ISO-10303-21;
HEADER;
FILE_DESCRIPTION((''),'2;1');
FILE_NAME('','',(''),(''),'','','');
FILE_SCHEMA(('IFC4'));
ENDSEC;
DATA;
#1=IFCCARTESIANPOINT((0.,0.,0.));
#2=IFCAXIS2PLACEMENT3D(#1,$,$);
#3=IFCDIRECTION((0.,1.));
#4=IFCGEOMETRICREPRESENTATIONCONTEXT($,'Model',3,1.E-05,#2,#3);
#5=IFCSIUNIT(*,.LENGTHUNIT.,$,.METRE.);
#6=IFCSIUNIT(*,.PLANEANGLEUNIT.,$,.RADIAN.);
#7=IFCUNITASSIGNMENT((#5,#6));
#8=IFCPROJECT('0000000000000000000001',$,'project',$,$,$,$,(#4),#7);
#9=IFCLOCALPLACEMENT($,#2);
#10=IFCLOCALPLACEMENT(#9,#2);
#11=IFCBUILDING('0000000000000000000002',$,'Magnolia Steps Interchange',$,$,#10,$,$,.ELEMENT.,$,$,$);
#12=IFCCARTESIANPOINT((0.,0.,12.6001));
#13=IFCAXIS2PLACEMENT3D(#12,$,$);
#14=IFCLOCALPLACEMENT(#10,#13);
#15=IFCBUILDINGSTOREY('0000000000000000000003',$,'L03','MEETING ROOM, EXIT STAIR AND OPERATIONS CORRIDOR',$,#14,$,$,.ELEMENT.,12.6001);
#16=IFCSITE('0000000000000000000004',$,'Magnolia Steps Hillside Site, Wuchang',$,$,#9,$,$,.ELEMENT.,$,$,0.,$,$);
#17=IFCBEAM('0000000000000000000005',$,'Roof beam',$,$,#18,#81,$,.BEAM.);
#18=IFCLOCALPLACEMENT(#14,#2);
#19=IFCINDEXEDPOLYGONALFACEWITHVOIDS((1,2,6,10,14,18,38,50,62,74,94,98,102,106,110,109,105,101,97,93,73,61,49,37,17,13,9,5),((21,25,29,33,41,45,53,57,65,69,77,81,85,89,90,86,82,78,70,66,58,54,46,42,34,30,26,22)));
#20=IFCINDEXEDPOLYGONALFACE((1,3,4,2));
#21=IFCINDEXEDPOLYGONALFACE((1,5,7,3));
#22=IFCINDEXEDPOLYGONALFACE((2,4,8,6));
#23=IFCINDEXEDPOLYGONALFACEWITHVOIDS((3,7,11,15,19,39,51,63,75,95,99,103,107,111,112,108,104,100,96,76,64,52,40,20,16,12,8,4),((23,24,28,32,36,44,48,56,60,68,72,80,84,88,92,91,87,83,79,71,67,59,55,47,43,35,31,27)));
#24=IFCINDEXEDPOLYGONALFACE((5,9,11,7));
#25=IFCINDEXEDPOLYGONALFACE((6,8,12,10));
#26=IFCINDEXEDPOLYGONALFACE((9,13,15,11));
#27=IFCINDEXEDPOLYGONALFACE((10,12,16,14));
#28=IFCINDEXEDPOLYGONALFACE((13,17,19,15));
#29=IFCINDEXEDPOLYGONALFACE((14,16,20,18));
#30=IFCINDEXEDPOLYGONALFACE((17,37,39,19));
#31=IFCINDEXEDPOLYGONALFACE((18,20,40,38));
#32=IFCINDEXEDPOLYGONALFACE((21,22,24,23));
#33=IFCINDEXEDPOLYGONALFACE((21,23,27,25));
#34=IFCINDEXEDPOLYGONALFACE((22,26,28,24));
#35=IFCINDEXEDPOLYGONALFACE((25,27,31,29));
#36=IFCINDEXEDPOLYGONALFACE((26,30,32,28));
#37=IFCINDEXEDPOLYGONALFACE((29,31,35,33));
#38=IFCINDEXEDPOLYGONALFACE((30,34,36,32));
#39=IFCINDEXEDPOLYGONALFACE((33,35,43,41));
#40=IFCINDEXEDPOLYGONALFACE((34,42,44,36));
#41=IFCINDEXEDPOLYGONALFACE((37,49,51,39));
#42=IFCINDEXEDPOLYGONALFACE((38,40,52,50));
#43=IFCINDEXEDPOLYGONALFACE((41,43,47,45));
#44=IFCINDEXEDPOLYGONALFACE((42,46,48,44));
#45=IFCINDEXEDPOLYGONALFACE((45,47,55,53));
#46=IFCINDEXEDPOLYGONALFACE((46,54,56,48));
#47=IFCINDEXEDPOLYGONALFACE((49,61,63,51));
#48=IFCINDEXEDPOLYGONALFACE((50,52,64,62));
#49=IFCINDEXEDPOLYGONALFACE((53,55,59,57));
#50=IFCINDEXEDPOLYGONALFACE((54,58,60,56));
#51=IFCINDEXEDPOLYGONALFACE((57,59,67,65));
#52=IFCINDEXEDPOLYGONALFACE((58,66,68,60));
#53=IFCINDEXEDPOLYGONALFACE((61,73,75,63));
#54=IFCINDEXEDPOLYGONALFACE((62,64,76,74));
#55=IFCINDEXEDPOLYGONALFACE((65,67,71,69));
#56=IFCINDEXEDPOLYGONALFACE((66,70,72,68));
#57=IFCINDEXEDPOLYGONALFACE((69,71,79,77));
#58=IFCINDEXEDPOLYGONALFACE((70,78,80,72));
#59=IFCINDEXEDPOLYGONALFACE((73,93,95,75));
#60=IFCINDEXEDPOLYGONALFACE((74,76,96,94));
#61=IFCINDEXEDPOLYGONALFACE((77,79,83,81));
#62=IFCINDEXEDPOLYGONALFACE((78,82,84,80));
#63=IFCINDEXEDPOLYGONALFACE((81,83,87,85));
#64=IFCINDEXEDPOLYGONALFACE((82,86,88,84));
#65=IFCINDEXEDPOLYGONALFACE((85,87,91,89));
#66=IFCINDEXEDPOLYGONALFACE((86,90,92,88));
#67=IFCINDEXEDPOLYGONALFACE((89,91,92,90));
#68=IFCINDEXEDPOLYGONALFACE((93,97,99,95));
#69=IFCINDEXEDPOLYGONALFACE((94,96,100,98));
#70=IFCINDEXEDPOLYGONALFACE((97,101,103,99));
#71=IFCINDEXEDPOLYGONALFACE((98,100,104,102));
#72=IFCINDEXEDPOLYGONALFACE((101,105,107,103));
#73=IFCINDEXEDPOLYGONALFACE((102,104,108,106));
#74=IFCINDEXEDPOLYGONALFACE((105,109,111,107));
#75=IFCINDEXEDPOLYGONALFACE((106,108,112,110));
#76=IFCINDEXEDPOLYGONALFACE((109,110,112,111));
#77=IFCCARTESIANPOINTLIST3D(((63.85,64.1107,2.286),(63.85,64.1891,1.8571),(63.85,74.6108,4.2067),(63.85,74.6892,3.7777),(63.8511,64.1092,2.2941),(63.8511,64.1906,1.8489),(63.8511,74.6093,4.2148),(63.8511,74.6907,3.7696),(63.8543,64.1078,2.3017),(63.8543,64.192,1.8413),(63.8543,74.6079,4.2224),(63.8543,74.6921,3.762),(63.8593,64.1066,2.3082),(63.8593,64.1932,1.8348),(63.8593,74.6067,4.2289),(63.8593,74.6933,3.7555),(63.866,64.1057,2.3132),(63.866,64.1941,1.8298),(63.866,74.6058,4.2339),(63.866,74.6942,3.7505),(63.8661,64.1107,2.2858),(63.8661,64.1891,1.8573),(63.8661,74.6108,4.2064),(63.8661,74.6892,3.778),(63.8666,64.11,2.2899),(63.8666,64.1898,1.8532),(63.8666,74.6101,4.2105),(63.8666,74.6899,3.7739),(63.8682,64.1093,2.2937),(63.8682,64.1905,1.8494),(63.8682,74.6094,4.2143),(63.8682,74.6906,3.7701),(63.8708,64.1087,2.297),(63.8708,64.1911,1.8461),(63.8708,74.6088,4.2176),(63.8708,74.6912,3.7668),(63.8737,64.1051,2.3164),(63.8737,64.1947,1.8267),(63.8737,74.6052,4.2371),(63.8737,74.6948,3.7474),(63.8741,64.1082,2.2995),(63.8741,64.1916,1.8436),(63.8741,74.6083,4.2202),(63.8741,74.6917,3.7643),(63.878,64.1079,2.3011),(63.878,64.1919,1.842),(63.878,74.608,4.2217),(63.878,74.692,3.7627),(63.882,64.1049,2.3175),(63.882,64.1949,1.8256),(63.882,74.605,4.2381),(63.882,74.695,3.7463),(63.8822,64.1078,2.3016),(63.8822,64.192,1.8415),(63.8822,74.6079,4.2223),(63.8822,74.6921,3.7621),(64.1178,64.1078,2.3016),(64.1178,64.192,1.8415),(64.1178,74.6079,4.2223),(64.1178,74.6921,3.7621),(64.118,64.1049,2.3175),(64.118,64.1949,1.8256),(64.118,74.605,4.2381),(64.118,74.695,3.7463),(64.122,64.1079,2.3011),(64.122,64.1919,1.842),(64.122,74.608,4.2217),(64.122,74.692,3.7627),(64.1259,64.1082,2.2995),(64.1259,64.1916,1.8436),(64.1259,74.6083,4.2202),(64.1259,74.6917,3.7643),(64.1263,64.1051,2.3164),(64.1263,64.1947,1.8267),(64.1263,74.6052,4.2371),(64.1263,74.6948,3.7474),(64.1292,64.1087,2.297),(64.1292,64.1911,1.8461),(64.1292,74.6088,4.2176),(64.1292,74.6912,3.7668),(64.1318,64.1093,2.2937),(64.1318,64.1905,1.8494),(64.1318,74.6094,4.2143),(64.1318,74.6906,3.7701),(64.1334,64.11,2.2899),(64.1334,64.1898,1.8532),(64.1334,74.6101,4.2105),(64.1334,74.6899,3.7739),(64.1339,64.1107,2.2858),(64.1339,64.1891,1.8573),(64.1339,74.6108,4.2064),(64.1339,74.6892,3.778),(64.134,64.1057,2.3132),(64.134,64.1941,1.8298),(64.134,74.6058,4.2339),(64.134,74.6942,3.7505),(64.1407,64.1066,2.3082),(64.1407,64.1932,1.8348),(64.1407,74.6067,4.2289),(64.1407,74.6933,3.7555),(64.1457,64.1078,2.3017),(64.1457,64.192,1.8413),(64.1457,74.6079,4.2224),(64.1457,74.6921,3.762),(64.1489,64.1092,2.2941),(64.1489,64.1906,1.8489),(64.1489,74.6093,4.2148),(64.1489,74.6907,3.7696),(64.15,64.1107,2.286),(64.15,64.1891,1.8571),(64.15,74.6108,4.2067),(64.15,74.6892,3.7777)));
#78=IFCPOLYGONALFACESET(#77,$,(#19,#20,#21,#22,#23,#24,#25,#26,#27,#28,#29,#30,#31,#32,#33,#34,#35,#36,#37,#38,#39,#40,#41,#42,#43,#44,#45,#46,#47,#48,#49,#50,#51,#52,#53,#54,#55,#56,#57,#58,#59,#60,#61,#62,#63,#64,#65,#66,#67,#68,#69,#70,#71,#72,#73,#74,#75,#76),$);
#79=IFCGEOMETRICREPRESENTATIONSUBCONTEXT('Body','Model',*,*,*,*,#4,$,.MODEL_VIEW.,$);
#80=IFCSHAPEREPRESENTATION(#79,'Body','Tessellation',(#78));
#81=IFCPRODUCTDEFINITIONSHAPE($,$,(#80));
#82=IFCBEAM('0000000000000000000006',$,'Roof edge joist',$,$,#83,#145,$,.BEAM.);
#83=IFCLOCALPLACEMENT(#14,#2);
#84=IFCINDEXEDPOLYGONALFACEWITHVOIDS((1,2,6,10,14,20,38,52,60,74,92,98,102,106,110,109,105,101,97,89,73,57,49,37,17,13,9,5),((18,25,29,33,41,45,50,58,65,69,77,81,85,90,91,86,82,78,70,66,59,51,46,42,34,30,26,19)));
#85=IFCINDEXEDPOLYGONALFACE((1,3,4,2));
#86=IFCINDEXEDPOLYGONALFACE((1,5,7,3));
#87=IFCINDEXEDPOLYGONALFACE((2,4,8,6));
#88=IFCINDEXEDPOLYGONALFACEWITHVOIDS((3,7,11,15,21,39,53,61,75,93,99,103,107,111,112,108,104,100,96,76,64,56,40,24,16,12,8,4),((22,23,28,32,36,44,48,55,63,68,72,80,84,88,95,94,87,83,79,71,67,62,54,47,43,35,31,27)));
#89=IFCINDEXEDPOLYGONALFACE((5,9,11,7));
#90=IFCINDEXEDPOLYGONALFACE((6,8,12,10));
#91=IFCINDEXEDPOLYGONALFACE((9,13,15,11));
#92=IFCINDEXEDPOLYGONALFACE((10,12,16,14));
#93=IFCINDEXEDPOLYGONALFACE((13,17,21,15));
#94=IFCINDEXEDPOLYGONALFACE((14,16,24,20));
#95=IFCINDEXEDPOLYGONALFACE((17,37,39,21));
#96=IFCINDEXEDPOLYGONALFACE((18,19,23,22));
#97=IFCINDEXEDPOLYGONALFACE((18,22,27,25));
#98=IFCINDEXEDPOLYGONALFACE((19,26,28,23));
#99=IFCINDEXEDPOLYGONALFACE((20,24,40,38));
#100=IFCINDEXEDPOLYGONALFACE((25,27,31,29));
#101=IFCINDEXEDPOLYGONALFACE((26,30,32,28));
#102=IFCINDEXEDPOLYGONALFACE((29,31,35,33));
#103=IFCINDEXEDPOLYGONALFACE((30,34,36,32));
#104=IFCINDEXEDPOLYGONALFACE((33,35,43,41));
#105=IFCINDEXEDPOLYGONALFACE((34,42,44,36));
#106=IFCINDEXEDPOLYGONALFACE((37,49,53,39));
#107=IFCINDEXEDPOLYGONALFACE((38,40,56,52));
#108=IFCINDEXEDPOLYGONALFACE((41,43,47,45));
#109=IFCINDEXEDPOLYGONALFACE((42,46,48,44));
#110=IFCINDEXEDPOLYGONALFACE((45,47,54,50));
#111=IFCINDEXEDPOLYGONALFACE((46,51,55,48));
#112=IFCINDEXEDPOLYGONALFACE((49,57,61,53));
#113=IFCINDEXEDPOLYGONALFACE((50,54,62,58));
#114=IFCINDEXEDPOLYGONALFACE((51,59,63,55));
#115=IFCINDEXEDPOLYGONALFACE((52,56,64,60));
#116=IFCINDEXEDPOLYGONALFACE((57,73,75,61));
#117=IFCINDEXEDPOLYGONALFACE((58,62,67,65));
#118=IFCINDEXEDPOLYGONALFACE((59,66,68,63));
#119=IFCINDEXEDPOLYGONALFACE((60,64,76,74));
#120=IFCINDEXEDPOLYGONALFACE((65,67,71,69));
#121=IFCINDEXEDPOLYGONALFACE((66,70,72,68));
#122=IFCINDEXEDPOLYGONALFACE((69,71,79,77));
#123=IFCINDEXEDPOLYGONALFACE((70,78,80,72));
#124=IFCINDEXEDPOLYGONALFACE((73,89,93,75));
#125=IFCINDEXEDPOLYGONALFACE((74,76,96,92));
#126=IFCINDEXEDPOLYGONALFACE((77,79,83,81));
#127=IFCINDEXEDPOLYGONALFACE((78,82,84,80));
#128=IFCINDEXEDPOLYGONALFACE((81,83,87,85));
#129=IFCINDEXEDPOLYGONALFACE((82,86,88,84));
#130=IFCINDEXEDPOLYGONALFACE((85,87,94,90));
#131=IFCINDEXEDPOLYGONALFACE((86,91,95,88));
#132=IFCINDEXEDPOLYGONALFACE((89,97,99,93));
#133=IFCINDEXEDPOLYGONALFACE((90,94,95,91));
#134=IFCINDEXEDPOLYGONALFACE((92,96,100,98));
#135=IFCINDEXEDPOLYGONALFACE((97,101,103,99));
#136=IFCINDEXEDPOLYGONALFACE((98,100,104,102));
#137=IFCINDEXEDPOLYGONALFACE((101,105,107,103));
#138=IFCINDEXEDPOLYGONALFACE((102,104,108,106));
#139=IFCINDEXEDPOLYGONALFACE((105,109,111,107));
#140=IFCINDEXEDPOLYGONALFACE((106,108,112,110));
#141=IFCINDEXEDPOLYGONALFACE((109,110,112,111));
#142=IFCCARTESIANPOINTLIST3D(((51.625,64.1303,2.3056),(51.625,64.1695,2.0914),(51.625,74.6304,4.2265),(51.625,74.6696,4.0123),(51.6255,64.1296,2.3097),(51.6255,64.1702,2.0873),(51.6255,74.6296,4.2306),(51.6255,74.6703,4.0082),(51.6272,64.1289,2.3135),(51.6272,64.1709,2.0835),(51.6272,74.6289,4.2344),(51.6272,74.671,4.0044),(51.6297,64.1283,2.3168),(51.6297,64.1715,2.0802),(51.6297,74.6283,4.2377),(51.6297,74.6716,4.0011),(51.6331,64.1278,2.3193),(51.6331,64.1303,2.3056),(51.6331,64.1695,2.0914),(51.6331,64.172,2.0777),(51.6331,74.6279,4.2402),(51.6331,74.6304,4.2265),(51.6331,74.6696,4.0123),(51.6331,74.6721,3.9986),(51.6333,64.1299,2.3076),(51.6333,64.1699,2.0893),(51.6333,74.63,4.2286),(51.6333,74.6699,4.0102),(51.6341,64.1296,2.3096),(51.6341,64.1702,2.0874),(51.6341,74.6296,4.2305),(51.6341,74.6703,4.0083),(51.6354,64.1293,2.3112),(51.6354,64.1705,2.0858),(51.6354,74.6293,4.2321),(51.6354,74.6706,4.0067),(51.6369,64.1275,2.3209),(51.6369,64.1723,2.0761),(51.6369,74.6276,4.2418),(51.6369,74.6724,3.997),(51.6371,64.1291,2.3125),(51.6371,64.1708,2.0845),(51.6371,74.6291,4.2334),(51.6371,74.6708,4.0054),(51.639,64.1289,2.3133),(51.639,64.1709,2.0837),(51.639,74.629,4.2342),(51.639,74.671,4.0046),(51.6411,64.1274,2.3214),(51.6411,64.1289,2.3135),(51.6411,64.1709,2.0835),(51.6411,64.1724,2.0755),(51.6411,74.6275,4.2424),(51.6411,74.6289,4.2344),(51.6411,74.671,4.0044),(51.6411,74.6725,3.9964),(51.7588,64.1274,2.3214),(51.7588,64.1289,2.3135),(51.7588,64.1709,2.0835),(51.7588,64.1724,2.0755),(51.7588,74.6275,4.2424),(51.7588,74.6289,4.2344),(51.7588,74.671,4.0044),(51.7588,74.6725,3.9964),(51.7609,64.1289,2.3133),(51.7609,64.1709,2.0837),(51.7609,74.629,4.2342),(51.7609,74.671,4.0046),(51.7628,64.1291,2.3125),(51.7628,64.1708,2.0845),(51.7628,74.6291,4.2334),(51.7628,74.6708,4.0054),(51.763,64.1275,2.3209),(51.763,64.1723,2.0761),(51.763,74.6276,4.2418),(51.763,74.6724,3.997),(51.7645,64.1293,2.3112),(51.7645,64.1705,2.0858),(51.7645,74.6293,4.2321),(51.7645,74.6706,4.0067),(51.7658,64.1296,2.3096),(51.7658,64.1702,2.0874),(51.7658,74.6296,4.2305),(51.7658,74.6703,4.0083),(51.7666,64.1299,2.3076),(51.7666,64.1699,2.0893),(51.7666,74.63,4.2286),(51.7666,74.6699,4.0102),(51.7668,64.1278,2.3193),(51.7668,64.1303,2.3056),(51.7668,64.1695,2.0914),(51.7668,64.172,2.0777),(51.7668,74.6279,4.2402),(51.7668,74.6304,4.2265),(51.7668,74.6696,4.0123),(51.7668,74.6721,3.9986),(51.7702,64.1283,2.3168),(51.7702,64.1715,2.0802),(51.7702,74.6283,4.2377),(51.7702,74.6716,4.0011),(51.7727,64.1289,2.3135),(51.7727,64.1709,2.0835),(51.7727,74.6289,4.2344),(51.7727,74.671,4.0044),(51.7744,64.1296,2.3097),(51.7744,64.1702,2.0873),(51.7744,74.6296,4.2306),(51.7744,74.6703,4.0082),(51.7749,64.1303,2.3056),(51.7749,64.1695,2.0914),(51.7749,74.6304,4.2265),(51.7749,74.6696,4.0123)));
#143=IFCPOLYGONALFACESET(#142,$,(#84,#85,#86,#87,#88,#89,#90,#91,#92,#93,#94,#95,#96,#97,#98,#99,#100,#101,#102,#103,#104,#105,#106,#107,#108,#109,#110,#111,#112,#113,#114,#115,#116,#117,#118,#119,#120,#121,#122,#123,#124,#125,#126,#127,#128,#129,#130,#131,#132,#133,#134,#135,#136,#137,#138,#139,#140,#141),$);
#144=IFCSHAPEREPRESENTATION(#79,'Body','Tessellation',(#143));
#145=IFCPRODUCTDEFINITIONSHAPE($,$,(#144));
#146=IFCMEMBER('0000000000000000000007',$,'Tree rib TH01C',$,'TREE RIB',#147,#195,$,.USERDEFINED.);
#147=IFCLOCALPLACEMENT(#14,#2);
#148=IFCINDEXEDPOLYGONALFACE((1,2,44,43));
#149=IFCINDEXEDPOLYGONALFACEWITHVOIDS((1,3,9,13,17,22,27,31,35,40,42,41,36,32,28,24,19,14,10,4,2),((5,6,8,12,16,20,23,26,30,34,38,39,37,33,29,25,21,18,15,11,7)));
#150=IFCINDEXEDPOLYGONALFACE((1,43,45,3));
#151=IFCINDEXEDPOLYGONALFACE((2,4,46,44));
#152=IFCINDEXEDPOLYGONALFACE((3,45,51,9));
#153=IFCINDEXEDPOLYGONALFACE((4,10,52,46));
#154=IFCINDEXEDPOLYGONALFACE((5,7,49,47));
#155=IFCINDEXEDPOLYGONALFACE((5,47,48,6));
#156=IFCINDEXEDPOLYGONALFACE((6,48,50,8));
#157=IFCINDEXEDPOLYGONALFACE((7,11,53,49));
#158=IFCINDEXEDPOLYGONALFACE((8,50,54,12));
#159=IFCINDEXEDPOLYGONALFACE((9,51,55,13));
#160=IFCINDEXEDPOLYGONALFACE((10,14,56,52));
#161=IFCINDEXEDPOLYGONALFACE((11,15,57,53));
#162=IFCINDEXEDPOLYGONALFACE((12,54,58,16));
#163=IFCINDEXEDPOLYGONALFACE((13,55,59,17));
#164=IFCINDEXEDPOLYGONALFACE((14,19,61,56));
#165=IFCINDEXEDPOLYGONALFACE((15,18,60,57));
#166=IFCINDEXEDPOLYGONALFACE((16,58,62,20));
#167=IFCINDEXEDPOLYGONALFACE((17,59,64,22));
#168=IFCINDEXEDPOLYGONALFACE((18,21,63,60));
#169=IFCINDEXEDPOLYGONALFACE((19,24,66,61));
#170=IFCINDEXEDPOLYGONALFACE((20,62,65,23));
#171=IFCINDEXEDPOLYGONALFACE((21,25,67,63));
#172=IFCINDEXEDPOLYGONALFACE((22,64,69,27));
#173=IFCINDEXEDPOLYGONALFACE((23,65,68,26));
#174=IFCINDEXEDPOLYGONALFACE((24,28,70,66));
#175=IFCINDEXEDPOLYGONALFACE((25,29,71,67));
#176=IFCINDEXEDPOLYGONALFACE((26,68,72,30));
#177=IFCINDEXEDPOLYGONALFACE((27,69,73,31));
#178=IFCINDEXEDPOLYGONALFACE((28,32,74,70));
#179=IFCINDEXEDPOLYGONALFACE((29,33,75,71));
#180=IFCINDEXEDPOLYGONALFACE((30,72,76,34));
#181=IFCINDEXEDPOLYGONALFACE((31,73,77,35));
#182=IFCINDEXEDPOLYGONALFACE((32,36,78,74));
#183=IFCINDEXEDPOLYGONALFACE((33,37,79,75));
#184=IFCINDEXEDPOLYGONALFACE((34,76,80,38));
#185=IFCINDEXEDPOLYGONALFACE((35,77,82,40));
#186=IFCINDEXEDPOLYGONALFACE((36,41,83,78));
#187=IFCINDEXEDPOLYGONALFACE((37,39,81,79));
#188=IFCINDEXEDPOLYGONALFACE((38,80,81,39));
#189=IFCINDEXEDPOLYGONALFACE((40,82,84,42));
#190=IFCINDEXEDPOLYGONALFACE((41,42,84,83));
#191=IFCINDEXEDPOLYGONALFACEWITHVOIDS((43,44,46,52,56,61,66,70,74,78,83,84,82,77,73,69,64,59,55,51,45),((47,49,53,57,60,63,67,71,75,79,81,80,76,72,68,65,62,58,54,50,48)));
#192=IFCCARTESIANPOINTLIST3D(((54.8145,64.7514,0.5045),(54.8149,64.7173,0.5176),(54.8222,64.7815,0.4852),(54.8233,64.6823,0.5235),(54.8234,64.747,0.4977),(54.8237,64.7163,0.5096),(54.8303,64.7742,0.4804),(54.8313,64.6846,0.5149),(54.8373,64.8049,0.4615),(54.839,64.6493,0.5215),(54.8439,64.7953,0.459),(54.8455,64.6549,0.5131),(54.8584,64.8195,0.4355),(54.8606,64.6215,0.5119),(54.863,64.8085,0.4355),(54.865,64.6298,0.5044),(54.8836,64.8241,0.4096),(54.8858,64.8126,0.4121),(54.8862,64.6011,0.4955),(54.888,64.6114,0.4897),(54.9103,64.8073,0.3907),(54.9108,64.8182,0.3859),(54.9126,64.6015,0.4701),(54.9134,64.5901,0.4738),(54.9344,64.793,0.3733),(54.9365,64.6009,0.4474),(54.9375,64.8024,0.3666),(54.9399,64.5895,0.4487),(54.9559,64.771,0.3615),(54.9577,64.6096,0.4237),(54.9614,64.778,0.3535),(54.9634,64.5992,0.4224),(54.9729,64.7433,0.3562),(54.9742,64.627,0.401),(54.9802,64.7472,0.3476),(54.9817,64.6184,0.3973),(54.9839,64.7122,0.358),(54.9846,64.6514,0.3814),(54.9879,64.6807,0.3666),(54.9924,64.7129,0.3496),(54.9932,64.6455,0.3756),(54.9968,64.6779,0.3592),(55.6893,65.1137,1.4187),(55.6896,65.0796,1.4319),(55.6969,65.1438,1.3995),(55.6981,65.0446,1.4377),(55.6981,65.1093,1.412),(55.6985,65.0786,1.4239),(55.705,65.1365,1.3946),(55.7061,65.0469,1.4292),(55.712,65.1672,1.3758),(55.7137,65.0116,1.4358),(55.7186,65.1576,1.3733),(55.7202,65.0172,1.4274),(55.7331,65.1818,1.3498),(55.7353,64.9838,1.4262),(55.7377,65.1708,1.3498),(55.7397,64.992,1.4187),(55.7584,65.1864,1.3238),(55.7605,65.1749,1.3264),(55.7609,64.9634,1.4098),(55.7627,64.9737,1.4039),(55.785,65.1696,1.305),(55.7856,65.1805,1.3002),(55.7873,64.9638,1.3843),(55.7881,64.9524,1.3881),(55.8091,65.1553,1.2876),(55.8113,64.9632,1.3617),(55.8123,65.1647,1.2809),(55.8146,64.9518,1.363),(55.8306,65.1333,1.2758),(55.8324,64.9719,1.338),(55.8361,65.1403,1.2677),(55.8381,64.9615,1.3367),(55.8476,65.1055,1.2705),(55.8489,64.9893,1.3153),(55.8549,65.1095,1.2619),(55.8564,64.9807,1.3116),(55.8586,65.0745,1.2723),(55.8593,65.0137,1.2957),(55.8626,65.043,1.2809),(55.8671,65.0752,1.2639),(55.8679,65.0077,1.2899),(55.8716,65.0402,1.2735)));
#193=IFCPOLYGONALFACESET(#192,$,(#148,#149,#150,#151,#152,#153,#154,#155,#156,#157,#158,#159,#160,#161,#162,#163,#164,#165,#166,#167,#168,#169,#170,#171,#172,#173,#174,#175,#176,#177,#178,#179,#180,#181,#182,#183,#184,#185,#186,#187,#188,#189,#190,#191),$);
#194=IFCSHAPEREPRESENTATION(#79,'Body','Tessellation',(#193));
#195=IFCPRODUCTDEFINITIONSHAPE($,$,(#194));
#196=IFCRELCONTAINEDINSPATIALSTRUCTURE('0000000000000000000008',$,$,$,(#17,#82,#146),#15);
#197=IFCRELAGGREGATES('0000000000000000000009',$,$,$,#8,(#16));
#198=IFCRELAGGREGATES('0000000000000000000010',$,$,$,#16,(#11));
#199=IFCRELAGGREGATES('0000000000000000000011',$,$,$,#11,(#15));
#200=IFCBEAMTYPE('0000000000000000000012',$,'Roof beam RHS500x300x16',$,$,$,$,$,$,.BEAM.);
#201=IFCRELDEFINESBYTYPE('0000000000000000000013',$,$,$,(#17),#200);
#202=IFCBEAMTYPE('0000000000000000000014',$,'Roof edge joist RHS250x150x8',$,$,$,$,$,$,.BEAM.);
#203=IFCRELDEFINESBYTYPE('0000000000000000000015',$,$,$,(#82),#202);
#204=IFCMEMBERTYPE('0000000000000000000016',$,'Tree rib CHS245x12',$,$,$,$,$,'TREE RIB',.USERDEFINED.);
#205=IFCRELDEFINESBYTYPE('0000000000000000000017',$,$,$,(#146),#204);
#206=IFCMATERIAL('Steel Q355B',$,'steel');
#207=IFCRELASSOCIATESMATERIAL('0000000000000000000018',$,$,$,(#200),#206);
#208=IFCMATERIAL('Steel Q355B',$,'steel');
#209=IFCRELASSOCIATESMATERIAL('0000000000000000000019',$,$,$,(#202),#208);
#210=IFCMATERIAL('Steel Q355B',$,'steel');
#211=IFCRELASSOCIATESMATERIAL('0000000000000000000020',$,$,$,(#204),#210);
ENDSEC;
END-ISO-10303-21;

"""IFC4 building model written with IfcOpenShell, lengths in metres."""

from ifc_helpers import new_model, si_unit, direction, frame, origin, origin_2d, place, context, subcontext, project, spatial, hollow_rectangle, hollow_circle, extrude, material, material_profile, profile_set, type_object, element, save


model = new_model("IFC4")

# Units and contexts
model_context = context("Model", 3, precision=1e-05, world=origin(), true_north=direction((0.0, 1.0)))
body_context = subcontext(model_context, "Body", "Model", "MODEL_VIEW")
ifc_project = project(units=[si_unit("LENGTHUNIT", "METRE"), si_unit("PLANEANGLEUNIT", "RADIAN")], contexts=[model_context])

# Site, building, storey
site_placement = place(None, origin())
site = spatial("IfcSite", under=ifc_project, at=site_placement, Name="Magnolia Steps Hillside Site, Wuchang", CompositionType="ELEMENT", RefElevation=0.0)
building_placement = place(site_placement, origin())
building = spatial("IfcBuilding", under=site, at=building_placement, Name="Magnolia Steps Interchange", CompositionType="ELEMENT")
storey_placement = place(building_placement, frame((0.0, 0.0, 12.6001)))
storey = spatial("IfcBuildingStorey", under=building, at=storey_placement, Name="L03", Description="MEETING ROOM, EXIT STAIR AND OPERATIONS CORRIDOR", CompositionType="ELEMENT", Elevation=12.6001)

# Beams
ifc_material_1 = material(Name="Steel Q355B", Category="steel")
ifc_material_profile_1 = material_profile(ifc_material_1, hollow_rectangle(XDim=0.3, YDim=0.5, WallThickness=0.0161, InnerFilletRadius=0.0161, OuterFilletRadius=0.032, at=origin_2d()), Name="RHS500x300x16")
ifc_profile_set_1 = profile_set([ifc_material_profile_1], Name="Steel Q355B")
beam_type_1 = type_object("IfcBeamType", Name="Roof beam RHS500x300x16", PredefinedType="BEAM", material=ifc_profile_set_1)
for number, where, z_axis, x_axis, name in (
    (1, (64.0, 64.1499, 2.0715), (0.0, 0.983679, 0.179934), (-1.0, 0.0, 0.0), "Roof beam"),
):
    element("IfcBeam", number, at=place(storey_placement, frame(where, z_axis=z_axis, x_axis=x_axis)), inside=storey, type_object=beam_type_1, Name=name, PredefinedType="BEAM", context=body_context, shape_type="SweptSolid", body=[
        extrude(hollow_rectangle(XDim=0.3, YDim=0.5, WallThickness=0.0161, InnerFilletRadius=0.0161, OuterFilletRadius=0.032, at=origin_2d()), origin(), (0.0, 0.0, 1.0), 10.6743),
    ])
ifc_material_2 = material(Name="Steel Q355B", Category="steel")
ifc_material_profile_2 = material_profile(ifc_material_2, hollow_rectangle(XDim=0.1499, YDim=0.25, WallThickness=0.0081, InnerFilletRadius=0.0081, OuterFilletRadius=0.0161, at=origin_2d()), Name="RHS250x150x8")
ifc_profile_set_2 = profile_set([ifc_material_profile_2], Name="Steel Q355B")
beam_type_2 = type_object("IfcBeamType", Name="Roof edge joist RHS250x150x8", PredefinedType="BEAM", material=ifc_profile_set_2)
beam_1_placement = place(storey_placement, frame((51.7, 64.1499, 2.1985), z_axis=(0.0, 0.983675, 0.179956), x_axis=(-1.0, 0.0, 0.0)))
element("IfcBeam", 2, at=beam_1_placement, inside=storey, type_object=beam_type_2, Name="Roof edge joist", PredefinedType="BEAM", context=body_context, shape_type="SweptSolid", body=[
    extrude(hollow_rectangle(XDim=0.1499, YDim=0.25, WallThickness=0.0081, InnerFilletRadius=0.0081, OuterFilletRadius=0.0161, at=origin_2d()), origin(), (0.0, 0.0, 1.0), 10.6743),
])

# Member
ifc_material_3 = material(Name="Steel Q355B", Category="steel")
ifc_material_profile_3 = material_profile(ifc_material_3, hollow_circle(Radius=0.1226, WallThickness=0.012, at=origin_2d()), Name="CHS245x12")
ifc_profile_set_3 = profile_set([ifc_material_profile_3], Name="Steel Q355B")
member_type = type_object("IfcMemberType", Name="Tree rib CHS245x12", ElementType="TREE RIB", PredefinedType="USERDEFINED", material=ifc_profile_set_3)
member_placement = place(storey_placement, frame((54.9053, 64.7063, 0.4355), z_axis=(0.6646, 0.275263, 0.694649), x_axis=(-0.382655, 0.923891, 0.0)))
element("IfcMember", 3, at=member_placement, inside=storey, type_object=member_type, Name="Tree rib TH01C", ObjectType="TREE RIB", PredefinedType="USERDEFINED", context=body_context, shape_type="SweptSolid", body=[
    extrude(hollow_circle(Radius=0.1226, WallThickness=0.012, at=origin_2d()), origin(), (0.0, 0.0, 1.0), 1.3162),
])

save(model, "model.ifc")
